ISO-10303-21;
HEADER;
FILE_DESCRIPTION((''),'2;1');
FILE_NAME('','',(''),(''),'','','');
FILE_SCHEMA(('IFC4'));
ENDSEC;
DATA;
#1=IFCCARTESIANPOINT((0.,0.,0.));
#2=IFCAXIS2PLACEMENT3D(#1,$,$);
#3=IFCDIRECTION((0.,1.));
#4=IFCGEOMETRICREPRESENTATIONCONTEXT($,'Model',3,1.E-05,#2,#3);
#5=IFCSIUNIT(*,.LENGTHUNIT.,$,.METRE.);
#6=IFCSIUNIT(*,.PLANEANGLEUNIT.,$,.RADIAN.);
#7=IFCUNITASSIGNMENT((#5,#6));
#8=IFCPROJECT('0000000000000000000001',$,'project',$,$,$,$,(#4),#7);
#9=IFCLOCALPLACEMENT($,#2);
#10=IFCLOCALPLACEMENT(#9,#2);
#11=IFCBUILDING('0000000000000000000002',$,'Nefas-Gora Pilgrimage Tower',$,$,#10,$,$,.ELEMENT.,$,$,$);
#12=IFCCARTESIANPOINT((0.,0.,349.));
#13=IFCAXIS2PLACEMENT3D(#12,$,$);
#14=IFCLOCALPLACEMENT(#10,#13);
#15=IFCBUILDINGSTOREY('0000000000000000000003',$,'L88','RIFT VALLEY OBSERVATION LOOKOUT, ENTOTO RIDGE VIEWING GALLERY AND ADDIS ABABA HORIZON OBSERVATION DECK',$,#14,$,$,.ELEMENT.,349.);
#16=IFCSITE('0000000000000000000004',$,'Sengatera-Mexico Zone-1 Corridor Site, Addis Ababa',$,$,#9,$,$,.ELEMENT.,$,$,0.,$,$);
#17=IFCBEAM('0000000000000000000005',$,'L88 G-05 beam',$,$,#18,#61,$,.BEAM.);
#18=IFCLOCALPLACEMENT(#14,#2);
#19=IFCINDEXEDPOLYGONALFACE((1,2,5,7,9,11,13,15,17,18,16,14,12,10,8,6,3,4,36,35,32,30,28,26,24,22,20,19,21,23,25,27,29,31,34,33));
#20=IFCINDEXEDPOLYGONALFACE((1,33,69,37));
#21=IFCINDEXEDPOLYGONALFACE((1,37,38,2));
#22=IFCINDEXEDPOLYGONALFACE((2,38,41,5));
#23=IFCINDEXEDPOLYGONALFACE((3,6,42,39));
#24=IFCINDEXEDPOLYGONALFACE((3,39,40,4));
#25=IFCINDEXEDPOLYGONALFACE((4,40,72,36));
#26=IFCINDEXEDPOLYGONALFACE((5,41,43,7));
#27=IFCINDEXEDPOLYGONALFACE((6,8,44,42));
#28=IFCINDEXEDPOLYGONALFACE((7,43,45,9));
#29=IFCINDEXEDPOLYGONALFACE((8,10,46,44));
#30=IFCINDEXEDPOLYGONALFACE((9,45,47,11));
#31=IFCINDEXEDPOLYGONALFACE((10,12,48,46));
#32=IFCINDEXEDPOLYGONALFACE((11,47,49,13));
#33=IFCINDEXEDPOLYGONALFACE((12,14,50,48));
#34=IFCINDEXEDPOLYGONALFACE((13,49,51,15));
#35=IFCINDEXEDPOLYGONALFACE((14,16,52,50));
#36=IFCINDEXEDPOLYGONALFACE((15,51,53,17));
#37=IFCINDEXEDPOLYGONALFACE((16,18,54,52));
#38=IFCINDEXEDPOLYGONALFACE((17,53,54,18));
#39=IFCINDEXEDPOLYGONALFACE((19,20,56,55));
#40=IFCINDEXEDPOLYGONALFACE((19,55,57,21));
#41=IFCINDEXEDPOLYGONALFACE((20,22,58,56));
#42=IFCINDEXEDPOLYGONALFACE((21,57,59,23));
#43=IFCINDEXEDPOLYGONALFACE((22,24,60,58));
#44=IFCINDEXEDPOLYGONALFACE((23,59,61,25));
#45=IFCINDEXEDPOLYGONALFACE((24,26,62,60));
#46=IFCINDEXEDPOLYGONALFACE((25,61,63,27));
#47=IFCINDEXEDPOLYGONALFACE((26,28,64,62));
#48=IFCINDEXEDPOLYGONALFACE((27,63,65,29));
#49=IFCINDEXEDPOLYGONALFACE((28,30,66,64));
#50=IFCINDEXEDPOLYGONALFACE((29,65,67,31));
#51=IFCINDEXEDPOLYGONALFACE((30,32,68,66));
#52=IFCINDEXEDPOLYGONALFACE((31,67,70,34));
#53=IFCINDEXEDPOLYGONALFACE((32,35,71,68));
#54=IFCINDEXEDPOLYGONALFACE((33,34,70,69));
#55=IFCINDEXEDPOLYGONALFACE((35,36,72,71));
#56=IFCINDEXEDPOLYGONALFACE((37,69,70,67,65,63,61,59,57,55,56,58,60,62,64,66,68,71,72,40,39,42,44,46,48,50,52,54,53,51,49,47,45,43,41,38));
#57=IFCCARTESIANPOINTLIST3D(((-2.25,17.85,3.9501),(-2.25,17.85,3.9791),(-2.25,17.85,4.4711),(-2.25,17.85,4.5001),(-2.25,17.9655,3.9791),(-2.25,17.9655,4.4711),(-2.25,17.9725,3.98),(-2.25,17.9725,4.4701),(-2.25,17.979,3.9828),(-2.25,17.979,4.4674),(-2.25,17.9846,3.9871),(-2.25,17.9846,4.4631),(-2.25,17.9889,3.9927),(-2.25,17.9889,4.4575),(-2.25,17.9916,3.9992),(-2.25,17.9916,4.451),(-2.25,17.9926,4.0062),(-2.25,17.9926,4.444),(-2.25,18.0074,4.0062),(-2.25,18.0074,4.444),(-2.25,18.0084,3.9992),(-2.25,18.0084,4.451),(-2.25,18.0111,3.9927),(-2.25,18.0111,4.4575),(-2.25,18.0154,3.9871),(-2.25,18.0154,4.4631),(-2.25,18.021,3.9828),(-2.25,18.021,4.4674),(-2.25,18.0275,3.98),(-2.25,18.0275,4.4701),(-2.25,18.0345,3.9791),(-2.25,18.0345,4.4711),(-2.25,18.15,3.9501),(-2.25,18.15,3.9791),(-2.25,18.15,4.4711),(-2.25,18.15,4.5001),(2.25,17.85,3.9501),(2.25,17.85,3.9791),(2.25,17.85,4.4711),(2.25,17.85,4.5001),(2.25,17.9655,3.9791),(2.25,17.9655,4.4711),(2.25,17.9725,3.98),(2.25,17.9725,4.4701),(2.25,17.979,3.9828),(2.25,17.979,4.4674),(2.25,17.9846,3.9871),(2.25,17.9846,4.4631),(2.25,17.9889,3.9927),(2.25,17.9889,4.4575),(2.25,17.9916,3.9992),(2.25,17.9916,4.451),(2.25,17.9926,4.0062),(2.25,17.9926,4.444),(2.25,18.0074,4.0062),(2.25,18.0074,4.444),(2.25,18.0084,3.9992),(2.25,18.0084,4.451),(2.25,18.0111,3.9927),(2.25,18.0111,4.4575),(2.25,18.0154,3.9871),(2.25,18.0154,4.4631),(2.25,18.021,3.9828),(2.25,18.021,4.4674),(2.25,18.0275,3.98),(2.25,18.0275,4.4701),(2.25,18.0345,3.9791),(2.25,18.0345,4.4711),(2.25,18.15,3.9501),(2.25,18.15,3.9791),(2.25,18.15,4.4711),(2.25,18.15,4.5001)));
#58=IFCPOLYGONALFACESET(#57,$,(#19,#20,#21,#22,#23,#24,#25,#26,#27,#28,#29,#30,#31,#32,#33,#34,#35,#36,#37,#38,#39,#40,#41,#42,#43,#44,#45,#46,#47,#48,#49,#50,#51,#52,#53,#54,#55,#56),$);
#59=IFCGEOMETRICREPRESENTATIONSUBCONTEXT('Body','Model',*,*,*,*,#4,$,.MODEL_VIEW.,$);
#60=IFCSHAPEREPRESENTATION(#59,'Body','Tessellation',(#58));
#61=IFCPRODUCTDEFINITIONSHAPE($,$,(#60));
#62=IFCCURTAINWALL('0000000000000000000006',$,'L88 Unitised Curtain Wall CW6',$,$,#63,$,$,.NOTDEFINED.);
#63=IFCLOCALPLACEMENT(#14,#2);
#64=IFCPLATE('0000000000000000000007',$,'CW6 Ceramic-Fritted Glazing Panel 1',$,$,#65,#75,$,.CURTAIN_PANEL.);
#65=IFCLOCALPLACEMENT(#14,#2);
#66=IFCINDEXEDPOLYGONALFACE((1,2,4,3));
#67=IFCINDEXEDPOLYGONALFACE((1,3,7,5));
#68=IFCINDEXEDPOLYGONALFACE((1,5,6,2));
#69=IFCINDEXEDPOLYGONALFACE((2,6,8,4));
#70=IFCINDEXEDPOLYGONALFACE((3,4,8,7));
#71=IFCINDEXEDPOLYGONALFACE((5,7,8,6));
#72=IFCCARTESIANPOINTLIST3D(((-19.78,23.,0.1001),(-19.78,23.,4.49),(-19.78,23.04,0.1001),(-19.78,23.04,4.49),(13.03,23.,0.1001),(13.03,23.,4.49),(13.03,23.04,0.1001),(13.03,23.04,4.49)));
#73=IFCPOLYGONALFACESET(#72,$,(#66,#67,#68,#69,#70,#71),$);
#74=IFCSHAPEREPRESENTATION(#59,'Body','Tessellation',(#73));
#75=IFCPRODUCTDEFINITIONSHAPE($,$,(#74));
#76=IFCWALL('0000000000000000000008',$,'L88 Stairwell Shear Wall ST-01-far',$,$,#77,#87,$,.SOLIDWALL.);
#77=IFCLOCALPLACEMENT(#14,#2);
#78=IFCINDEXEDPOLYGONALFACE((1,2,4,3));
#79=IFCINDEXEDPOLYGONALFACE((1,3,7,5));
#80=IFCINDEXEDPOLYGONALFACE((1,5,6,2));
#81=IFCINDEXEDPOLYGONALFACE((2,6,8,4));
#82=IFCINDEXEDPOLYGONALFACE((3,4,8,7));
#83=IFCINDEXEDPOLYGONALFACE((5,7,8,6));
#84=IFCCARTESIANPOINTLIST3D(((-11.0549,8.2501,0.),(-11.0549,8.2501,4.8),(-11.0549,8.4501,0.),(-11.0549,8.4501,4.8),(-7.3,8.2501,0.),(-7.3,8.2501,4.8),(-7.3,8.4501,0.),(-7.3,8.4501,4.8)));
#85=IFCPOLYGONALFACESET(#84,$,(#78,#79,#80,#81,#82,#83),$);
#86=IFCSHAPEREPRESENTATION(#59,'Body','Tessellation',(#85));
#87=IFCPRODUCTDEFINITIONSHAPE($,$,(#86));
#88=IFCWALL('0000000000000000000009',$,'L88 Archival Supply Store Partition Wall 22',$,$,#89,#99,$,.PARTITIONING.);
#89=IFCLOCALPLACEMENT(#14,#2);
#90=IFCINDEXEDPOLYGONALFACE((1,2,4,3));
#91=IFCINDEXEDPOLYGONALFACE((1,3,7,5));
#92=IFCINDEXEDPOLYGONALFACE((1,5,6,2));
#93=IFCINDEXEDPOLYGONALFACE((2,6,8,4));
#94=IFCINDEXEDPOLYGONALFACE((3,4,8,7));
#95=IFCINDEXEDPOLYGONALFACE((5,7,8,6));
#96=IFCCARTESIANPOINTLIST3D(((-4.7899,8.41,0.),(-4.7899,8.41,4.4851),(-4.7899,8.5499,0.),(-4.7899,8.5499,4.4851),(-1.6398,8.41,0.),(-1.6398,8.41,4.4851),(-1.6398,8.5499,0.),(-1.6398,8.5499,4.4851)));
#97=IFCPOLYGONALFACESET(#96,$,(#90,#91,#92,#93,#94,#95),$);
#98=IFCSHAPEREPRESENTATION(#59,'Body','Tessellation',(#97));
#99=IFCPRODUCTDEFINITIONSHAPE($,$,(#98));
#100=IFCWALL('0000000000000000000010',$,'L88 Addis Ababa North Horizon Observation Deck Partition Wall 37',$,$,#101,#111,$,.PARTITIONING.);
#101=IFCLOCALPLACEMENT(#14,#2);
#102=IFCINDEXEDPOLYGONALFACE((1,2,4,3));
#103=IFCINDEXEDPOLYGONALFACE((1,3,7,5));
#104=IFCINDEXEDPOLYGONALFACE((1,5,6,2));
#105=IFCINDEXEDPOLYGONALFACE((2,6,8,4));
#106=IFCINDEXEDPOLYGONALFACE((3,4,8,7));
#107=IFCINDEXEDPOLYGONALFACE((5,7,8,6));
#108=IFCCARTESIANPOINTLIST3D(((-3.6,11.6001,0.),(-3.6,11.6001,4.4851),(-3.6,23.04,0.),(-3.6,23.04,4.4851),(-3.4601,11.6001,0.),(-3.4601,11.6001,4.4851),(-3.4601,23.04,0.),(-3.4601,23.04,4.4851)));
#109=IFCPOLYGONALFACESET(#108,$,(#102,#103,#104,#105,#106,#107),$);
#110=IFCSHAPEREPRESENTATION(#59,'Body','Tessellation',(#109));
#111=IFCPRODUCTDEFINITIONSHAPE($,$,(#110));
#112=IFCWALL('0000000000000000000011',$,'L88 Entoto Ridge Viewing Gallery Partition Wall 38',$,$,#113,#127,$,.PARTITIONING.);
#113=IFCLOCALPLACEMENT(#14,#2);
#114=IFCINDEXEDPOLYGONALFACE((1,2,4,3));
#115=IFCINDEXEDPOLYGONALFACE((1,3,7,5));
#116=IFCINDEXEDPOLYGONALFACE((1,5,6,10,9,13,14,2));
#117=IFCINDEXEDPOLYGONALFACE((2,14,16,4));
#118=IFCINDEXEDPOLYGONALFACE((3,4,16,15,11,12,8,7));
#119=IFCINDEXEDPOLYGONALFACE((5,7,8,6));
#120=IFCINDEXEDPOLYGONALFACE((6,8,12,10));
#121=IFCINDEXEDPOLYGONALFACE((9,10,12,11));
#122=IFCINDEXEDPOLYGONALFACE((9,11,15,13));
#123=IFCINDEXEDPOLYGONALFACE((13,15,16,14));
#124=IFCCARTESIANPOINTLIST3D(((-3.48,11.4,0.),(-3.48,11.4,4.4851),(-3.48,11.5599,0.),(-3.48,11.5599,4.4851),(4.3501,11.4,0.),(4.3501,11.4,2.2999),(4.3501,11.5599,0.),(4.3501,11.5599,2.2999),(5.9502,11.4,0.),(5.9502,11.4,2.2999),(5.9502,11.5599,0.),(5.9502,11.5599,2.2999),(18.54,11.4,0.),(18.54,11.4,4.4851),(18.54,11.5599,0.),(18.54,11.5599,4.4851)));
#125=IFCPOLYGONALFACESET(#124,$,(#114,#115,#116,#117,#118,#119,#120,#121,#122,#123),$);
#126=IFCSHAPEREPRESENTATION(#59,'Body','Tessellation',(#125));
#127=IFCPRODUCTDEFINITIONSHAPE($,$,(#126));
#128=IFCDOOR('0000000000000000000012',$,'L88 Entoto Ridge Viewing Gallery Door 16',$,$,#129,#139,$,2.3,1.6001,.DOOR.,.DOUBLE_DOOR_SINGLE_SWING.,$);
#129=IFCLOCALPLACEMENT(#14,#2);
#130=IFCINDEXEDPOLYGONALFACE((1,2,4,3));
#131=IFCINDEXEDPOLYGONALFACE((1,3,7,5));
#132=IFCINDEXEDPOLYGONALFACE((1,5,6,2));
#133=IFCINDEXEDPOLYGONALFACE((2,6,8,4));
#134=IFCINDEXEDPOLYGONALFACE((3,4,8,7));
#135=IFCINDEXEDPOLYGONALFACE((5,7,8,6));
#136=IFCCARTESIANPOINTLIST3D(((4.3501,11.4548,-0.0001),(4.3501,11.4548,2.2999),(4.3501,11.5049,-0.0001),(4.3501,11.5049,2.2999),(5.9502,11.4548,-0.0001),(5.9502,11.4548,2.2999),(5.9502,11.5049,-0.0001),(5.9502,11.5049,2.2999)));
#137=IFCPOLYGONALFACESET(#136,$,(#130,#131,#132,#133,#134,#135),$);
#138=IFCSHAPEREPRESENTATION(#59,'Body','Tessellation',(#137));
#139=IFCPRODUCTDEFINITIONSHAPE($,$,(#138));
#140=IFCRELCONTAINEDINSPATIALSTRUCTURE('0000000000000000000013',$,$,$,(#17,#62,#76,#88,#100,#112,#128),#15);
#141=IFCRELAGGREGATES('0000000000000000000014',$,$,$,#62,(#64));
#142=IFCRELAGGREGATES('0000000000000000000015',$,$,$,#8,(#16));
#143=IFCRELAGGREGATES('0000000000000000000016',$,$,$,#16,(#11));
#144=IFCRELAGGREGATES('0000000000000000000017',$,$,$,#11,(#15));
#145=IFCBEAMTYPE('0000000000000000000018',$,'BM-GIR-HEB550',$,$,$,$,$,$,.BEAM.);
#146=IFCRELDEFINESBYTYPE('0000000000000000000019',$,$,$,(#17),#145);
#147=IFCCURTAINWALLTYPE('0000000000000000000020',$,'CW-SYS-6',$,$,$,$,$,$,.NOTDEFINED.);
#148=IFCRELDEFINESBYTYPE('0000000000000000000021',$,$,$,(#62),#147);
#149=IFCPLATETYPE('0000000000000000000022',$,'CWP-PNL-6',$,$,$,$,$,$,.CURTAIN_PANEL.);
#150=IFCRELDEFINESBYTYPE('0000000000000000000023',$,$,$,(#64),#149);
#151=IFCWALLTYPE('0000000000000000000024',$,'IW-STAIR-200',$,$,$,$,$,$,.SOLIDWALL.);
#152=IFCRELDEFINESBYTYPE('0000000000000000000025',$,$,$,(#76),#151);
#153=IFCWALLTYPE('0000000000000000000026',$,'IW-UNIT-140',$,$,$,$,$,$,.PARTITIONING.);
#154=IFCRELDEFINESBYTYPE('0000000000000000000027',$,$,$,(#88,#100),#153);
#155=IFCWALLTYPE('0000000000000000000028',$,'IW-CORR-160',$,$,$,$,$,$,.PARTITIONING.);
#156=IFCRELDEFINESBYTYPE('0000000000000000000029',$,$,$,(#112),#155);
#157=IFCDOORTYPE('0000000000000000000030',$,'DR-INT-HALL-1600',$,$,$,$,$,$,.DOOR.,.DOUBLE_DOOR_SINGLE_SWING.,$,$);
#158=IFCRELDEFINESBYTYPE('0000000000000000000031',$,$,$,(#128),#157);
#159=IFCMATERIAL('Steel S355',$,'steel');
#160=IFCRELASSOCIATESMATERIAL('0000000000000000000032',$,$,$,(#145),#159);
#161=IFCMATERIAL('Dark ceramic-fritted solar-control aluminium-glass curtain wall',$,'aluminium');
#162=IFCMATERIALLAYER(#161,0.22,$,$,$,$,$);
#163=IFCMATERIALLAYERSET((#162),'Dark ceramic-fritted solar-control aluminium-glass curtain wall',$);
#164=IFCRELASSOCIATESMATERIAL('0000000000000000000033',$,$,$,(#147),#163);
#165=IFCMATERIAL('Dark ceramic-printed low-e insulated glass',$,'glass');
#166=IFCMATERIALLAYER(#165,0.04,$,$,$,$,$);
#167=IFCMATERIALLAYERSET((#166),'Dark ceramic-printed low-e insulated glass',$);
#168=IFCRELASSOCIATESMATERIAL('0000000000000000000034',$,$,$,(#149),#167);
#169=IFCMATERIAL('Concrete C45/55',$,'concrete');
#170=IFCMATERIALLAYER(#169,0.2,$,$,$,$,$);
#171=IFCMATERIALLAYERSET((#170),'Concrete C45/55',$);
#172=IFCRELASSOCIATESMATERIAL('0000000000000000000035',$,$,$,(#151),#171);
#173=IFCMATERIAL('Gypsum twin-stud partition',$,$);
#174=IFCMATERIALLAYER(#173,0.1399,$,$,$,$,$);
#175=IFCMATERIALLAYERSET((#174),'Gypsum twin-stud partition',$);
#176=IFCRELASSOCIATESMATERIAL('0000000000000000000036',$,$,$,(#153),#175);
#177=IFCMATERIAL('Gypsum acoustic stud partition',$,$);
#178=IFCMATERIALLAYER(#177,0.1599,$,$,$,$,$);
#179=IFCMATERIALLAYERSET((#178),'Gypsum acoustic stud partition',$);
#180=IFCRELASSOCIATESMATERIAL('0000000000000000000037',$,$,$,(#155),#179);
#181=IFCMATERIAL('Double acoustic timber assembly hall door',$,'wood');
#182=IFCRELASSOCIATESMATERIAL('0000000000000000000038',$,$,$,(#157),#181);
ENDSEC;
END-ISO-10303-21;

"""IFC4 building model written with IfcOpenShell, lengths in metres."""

from ifc_helpers import new_model, si_unit, direction, frame, frame_2d, origin, origin_2d, place, context, subcontext, project, spatial, rectangle, i_section, extrude, source, transform, mapped, material, layer, layer_set, material_profile, profile_set, type_object, element, fill, aggregate, save


model = new_model("IFC4")

# Units and contexts
model_context = context("Model", 3, precision=1e-05, world=origin(), true_north=direction((0.0, 1.0)))
body_context = subcontext(model_context, "Body", "Model", "MODEL_VIEW")
ifc_project = project(units=[si_unit("LENGTHUNIT", "METRE"), si_unit("PLANEANGLEUNIT", "RADIAN")], contexts=[model_context])

# Site, building, storey
site_placement = place(None, origin())
site = spatial("IfcSite", under=ifc_project, at=site_placement, Name="Sengatera-Mexico Zone-1 Corridor Site, Addis Ababa", CompositionType="ELEMENT", RefElevation=0.0)
building_placement = place(site_placement, origin())
building = spatial("IfcBuilding", under=site, at=building_placement, Name="Nefas-Gora Pilgrimage Tower", CompositionType="ELEMENT")
storey_placement = place(building_placement, frame((0.0, 0.0, 349.0)))
storey = spatial("IfcBuildingStorey", under=building, at=storey_placement, Name="L88", Description="RIFT VALLEY OBSERVATION LOOKOUT, ENTOTO RIDGE VIEWING GALLERY AND ADDIS ABABA HORIZON OBSERVATION DECK", CompositionType="ELEMENT", Elevation=349.0)

# Shared definitions
ifc_material_1 = material(Name="Steel S355", Category="steel")

# Beam
ifc_material_profile_1 = material_profile(ifc_material_1, i_section(OverallWidth=0.3, OverallDepth=0.55, WebThickness=0.0149, FlangeThickness=0.0291, FilletRadius=0.0271, at=origin_2d()), Name="HEB 550")
ifc_profile_set_1 = profile_set([ifc_material_profile_1], Name="Steel S355")
beam_type_1 = type_object("IfcBeamType", Name="BM-GIR-HEB550", PredefinedType="BEAM", material=ifc_profile_set_1)
shared_shape_1 = source(origin(), body_context, "Body", "SweptSolid", [
    extrude(i_section(OverallWidth=0.3, OverallDepth=0.55, WebThickness=0.0149, FlangeThickness=0.0291, FilletRadius=0.0271, at=origin_2d()), origin(), (0.0, 0.0, 1.0), 4.5),
])
for number, where, z_axis, x_axis, name in (
    (1, (-2.25, 18.0, 4.2251), (1.0, 0.0, 0.0), (0.0, 1.0, 0.0), "L88 G-05 beam"),
):
    element("IfcBeam", number, at=place(storey_placement, frame(where, z_axis=z_axis, x_axis=x_axis)), inside=storey, type_object=beam_type_1, Name=name, PredefinedType="BEAM", context=body_context, shape_type="MappedRepresentation", body=[
        mapped(shared_shape_1, transform((0.0, 0.0, 0.0), x_axis=(1.0, 0.0, 0.0), y_axis=(0.0, 1.0, 0.0), z_axis=(0.0, 0.0, 1.0), scale=1.0)),
    ])

# Curtain wall, plate
ifc_material_2 = material(Name="Dark ceramic-fritted solar-control aluminium-glass curtain wall", Category="aluminium")
ifc_layer_1 = layer(ifc_material_2, 0.22)
ifc_layer_set_1 = layer_set([ifc_layer_1], Name="Dark ceramic-fritted solar-control aluminium-glass curtain wall")
curtain_wall_type = type_object("IfcCurtainWallType", Name="CW-SYS-6", PredefinedType="NOTDEFINED", material=ifc_layer_set_1)
curtain_wall_placement = place(storey_placement, origin())
curtain_wall = element("IfcCurtainWall", 2, at=curtain_wall_placement, inside=storey, type_object=curtain_wall_type, Name="L88 Unitised Curtain Wall CW6", PredefinedType="NOTDEFINED")
ifc_material_3 = material(Name="Dark ceramic-printed low-e insulated glass", Category="glass")
ifc_layer_2 = layer(ifc_material_3, 0.04)
ifc_layer_set_2 = layer_set([ifc_layer_2], Name="Dark ceramic-printed low-e insulated glass")
plate_type = type_object("IfcPlateType", Name="CWP-PNL-6", PredefinedType="CURTAIN_PANEL", material=ifc_layer_set_2)
shared_shape_2 = source(origin(), body_context, "Body", "SweptSolid", [
    extrude(rectangle(XDim=32.8101, YDim=0.04, at=origin_2d()), origin(), (0.0, 0.0, 1.0), 4.3899),
])
plate_placement = place(storey_placement, frame((-3.375, 23.02, 0.1001), z_axis=(0.0, 0.0, 1.0), x_axis=(-1.0, 0.0, 0.0)))
plate = element("IfcPlate", 3, at=plate_placement, type_object=plate_type, Name="CW6 Ceramic-Fritted Glazing Panel 1", PredefinedType="CURTAIN_PANEL", context=body_context, shape_type="MappedRepresentation", body=[
    mapped(shared_shape_2, transform((0.0, 0.0, 0.0), x_axis=(1.0, 0.0, 0.0), y_axis=(0.0, 1.0, 0.0), z_axis=(0.0, 0.0, 1.0), scale=1.0)),
])
aggregate(curtain_wall, [plate])

# Walls
ifc_material_4 = material(Name="Concrete C45/55", Category="concrete")
ifc_layer_3 = layer(ifc_material_4, 0.2)
ifc_layer_set_3 = layer_set([ifc_layer_3], Name="Concrete C45/55")
wall_type_1 = type_object("IfcWallType", Name="IW-STAIR-200", PredefinedType="SOLIDWALL", material=ifc_layer_set_3)
shared_shape_3 = source(origin(), body_context, "Body", "SweptSolid", [
    extrude(rectangle(XDim=3.7549, YDim=0.2, at=frame_2d((1.8774, 0.0))), origin(), (0.0, 0.0, 1.0), 4.8),
])
wall_1_placement = place(storey_placement, frame((-7.3, 8.3501, 0.0), z_axis=(0.0, 0.0, 1.0), x_axis=(-1.0, 0.0, 0.0)))
element("IfcWall", 4, at=wall_1_placement, inside=storey, type_object=wall_type_1, Name="L88 Stairwell Shear Wall ST-01-far", PredefinedType="SOLIDWALL", context=body_context, shape_type="MappedRepresentation", body=[
    mapped(shared_shape_3, transform((0.0, 0.0, 0.0), x_axis=(1.0, 0.0, 0.0), y_axis=(0.0, 1.0, 0.0), z_axis=(0.0, 0.0, 1.0), scale=1.0)),
])
ifc_material_5 = material(Name="Gypsum twin-stud partition")
ifc_layer_4 = layer(ifc_material_5, 0.1399)
ifc_layer_set_4 = layer_set([ifc_layer_4], Name="Gypsum twin-stud partition")
wall_type_2 = type_object("IfcWallType", Name="IW-UNIT-140", PredefinedType="PARTITIONING", material=ifc_layer_set_4)
shared_shape_4 = source(origin(), body_context, "Body", "SweptSolid", [
    extrude(rectangle(XDim=3.1501, YDim=0.1399, at=frame_2d((1.5752, 0.0))), origin(), (0.0, 0.0, 1.0), 4.4851),
])
wall_2_placement = place(storey_placement, frame((-4.79, 8.48, 0.0), z_axis=(0.0, 0.0, 1.0), x_axis=(1.0, 0.0, 0.0)))
element("IfcWall", 5, at=wall_2_placement, inside=storey, type_object=wall_type_2, Name="L88 Archival Supply Store Partition Wall 22", PredefinedType="PARTITIONING", context=body_context, shape_type="MappedRepresentation", body=[
    mapped(shared_shape_4, transform((0.0, 0.0, 0.0), x_axis=(1.0, 0.0, 0.0), y_axis=(0.0, 1.0, 0.0), z_axis=(0.0, 0.0, 1.0), scale=1.0)),
])
shared_shape_5 = source(origin(), body_context, "Body", "SweptSolid", [
    extrude(rectangle(XDim=11.4399, YDim=0.1399, at=frame_2d((5.72, 0.0))), origin(), (0.0, 0.0, 1.0), 4.4851),
])
wall_3_placement = place(storey_placement, frame((-3.53, 11.6001, 0.0), z_axis=(0.0, 0.0, 1.0), x_axis=(0.0, 1.0, 0.0)))
element("IfcWall", 6, at=wall_3_placement, inside=storey, type_object=wall_type_2, Name="L88 Addis Ababa North Horizon Observation Deck Partition Wall 37", PredefinedType="PARTITIONING", context=body_context, shape_type="MappedRepresentation", body=[
    mapped(shared_shape_5, transform((0.0, 0.0, 0.0), x_axis=(1.0, 0.0, 0.0), y_axis=(0.0, 1.0, 0.0), z_axis=(0.0, 0.0, 1.0), scale=1.0)),
])

# Wall, opening, door
ifc_material_6 = material(Name="Gypsum acoustic stud partition")
ifc_layer_5 = layer(ifc_material_6, 0.1599)
ifc_layer_set_5 = layer_set([ifc_layer_5], Name="Gypsum acoustic stud partition")
wall_type_3 = type_object("IfcWallType", Name="IW-CORR-160", PredefinedType="PARTITIONING", material=ifc_layer_set_5)
shared_shape_6 = source(origin(), body_context, "Body", "SweptSolid", [
    extrude(rectangle(XDim=22.02, YDim=0.1599, at=frame_2d((11.01, 0.0))), origin(), (0.0, 0.0, 1.0), 4.4851),
])
wall_4_placement = place(storey_placement, frame((-3.48, 11.48, 0.0), z_axis=(0.0, 0.0, 1.0), x_axis=(1.0, 0.0, 0.0)))
wall_4 = element("IfcWall", 7, at=wall_4_placement, inside=storey, type_object=wall_type_3, Name="L88 Entoto Ridge Viewing Gallery Partition Wall 38", PredefinedType="PARTITIONING", context=body_context, shape_type="MappedRepresentation", body=[
    mapped(shared_shape_6, transform((0.0, 0.0, 0.0), x_axis=(1.0, 0.0, 0.0), y_axis=(0.0, 1.0, 0.0), z_axis=(0.0, 0.0, 1.0), scale=1.0)),
])
opening_placement = place(wall_4_placement, frame((7.8301, 0.0, 0.0)))
opening = element("IfcOpeningElement", 8, at=opening_placement, cuts=wall_4, PredefinedType="OPENING", context=body_context, shape_type="SweptSolid", body=[
    extrude(rectangle(XDim=1.6001, YDim=2.3, at=frame_2d((0.8, 1.1499))), frame((0.0, 0.0898, 0.0), z_axis=(0.0, -1.0, 0.0), x_axis=(1.0, 0.0, 0.0)), (0.0, 0.0, 1.0), 0.1799),
])
ifc_material_7 = material(Name="Double acoustic timber assembly hall door", Category="wood")
door_type = type_object("IfcDoorType", Name="DR-INT-HALL-1600", OperationType="DOUBLE_DOOR_SINGLE_SWING", PredefinedType="DOOR", material=ifc_material_7)
shared_shape_7 = source(origin(), body_context, "Body", "SweptSolid", [
    extrude(rectangle(XDim=1.6001, YDim=2.3, at=frame_2d((0.8, 1.1499))), frame((0.0, 0.0249, 0.0), z_axis=(0.0, -1.0, 0.0), x_axis=(1.0, 0.0, 0.0)), (0.0, 0.0, 1.0), 0.05),
])
door_placement = place(opening_placement, origin())
door = element("IfcDoor", 9, at=door_placement, inside=storey, type_object=door_type, Name="L88 Entoto Ridge Viewing Gallery Door 16", OperationType="DOUBLE_DOOR_SINGLE_SWING", OverallHeight=2.3, OverallWidth=1.6001, PredefinedType="DOOR", context=body_context, shape_type="MappedRepresentation", body=[
    mapped(shared_shape_7, transform((0.0, 0.0, 0.0), x_axis=(1.0, 0.0, 0.0), y_axis=(0.0, 1.0, 0.0), z_axis=(0.0, 0.0, 1.0), scale=1.0)),
])
fill(opening, door)

save(model, "model.ifc")
